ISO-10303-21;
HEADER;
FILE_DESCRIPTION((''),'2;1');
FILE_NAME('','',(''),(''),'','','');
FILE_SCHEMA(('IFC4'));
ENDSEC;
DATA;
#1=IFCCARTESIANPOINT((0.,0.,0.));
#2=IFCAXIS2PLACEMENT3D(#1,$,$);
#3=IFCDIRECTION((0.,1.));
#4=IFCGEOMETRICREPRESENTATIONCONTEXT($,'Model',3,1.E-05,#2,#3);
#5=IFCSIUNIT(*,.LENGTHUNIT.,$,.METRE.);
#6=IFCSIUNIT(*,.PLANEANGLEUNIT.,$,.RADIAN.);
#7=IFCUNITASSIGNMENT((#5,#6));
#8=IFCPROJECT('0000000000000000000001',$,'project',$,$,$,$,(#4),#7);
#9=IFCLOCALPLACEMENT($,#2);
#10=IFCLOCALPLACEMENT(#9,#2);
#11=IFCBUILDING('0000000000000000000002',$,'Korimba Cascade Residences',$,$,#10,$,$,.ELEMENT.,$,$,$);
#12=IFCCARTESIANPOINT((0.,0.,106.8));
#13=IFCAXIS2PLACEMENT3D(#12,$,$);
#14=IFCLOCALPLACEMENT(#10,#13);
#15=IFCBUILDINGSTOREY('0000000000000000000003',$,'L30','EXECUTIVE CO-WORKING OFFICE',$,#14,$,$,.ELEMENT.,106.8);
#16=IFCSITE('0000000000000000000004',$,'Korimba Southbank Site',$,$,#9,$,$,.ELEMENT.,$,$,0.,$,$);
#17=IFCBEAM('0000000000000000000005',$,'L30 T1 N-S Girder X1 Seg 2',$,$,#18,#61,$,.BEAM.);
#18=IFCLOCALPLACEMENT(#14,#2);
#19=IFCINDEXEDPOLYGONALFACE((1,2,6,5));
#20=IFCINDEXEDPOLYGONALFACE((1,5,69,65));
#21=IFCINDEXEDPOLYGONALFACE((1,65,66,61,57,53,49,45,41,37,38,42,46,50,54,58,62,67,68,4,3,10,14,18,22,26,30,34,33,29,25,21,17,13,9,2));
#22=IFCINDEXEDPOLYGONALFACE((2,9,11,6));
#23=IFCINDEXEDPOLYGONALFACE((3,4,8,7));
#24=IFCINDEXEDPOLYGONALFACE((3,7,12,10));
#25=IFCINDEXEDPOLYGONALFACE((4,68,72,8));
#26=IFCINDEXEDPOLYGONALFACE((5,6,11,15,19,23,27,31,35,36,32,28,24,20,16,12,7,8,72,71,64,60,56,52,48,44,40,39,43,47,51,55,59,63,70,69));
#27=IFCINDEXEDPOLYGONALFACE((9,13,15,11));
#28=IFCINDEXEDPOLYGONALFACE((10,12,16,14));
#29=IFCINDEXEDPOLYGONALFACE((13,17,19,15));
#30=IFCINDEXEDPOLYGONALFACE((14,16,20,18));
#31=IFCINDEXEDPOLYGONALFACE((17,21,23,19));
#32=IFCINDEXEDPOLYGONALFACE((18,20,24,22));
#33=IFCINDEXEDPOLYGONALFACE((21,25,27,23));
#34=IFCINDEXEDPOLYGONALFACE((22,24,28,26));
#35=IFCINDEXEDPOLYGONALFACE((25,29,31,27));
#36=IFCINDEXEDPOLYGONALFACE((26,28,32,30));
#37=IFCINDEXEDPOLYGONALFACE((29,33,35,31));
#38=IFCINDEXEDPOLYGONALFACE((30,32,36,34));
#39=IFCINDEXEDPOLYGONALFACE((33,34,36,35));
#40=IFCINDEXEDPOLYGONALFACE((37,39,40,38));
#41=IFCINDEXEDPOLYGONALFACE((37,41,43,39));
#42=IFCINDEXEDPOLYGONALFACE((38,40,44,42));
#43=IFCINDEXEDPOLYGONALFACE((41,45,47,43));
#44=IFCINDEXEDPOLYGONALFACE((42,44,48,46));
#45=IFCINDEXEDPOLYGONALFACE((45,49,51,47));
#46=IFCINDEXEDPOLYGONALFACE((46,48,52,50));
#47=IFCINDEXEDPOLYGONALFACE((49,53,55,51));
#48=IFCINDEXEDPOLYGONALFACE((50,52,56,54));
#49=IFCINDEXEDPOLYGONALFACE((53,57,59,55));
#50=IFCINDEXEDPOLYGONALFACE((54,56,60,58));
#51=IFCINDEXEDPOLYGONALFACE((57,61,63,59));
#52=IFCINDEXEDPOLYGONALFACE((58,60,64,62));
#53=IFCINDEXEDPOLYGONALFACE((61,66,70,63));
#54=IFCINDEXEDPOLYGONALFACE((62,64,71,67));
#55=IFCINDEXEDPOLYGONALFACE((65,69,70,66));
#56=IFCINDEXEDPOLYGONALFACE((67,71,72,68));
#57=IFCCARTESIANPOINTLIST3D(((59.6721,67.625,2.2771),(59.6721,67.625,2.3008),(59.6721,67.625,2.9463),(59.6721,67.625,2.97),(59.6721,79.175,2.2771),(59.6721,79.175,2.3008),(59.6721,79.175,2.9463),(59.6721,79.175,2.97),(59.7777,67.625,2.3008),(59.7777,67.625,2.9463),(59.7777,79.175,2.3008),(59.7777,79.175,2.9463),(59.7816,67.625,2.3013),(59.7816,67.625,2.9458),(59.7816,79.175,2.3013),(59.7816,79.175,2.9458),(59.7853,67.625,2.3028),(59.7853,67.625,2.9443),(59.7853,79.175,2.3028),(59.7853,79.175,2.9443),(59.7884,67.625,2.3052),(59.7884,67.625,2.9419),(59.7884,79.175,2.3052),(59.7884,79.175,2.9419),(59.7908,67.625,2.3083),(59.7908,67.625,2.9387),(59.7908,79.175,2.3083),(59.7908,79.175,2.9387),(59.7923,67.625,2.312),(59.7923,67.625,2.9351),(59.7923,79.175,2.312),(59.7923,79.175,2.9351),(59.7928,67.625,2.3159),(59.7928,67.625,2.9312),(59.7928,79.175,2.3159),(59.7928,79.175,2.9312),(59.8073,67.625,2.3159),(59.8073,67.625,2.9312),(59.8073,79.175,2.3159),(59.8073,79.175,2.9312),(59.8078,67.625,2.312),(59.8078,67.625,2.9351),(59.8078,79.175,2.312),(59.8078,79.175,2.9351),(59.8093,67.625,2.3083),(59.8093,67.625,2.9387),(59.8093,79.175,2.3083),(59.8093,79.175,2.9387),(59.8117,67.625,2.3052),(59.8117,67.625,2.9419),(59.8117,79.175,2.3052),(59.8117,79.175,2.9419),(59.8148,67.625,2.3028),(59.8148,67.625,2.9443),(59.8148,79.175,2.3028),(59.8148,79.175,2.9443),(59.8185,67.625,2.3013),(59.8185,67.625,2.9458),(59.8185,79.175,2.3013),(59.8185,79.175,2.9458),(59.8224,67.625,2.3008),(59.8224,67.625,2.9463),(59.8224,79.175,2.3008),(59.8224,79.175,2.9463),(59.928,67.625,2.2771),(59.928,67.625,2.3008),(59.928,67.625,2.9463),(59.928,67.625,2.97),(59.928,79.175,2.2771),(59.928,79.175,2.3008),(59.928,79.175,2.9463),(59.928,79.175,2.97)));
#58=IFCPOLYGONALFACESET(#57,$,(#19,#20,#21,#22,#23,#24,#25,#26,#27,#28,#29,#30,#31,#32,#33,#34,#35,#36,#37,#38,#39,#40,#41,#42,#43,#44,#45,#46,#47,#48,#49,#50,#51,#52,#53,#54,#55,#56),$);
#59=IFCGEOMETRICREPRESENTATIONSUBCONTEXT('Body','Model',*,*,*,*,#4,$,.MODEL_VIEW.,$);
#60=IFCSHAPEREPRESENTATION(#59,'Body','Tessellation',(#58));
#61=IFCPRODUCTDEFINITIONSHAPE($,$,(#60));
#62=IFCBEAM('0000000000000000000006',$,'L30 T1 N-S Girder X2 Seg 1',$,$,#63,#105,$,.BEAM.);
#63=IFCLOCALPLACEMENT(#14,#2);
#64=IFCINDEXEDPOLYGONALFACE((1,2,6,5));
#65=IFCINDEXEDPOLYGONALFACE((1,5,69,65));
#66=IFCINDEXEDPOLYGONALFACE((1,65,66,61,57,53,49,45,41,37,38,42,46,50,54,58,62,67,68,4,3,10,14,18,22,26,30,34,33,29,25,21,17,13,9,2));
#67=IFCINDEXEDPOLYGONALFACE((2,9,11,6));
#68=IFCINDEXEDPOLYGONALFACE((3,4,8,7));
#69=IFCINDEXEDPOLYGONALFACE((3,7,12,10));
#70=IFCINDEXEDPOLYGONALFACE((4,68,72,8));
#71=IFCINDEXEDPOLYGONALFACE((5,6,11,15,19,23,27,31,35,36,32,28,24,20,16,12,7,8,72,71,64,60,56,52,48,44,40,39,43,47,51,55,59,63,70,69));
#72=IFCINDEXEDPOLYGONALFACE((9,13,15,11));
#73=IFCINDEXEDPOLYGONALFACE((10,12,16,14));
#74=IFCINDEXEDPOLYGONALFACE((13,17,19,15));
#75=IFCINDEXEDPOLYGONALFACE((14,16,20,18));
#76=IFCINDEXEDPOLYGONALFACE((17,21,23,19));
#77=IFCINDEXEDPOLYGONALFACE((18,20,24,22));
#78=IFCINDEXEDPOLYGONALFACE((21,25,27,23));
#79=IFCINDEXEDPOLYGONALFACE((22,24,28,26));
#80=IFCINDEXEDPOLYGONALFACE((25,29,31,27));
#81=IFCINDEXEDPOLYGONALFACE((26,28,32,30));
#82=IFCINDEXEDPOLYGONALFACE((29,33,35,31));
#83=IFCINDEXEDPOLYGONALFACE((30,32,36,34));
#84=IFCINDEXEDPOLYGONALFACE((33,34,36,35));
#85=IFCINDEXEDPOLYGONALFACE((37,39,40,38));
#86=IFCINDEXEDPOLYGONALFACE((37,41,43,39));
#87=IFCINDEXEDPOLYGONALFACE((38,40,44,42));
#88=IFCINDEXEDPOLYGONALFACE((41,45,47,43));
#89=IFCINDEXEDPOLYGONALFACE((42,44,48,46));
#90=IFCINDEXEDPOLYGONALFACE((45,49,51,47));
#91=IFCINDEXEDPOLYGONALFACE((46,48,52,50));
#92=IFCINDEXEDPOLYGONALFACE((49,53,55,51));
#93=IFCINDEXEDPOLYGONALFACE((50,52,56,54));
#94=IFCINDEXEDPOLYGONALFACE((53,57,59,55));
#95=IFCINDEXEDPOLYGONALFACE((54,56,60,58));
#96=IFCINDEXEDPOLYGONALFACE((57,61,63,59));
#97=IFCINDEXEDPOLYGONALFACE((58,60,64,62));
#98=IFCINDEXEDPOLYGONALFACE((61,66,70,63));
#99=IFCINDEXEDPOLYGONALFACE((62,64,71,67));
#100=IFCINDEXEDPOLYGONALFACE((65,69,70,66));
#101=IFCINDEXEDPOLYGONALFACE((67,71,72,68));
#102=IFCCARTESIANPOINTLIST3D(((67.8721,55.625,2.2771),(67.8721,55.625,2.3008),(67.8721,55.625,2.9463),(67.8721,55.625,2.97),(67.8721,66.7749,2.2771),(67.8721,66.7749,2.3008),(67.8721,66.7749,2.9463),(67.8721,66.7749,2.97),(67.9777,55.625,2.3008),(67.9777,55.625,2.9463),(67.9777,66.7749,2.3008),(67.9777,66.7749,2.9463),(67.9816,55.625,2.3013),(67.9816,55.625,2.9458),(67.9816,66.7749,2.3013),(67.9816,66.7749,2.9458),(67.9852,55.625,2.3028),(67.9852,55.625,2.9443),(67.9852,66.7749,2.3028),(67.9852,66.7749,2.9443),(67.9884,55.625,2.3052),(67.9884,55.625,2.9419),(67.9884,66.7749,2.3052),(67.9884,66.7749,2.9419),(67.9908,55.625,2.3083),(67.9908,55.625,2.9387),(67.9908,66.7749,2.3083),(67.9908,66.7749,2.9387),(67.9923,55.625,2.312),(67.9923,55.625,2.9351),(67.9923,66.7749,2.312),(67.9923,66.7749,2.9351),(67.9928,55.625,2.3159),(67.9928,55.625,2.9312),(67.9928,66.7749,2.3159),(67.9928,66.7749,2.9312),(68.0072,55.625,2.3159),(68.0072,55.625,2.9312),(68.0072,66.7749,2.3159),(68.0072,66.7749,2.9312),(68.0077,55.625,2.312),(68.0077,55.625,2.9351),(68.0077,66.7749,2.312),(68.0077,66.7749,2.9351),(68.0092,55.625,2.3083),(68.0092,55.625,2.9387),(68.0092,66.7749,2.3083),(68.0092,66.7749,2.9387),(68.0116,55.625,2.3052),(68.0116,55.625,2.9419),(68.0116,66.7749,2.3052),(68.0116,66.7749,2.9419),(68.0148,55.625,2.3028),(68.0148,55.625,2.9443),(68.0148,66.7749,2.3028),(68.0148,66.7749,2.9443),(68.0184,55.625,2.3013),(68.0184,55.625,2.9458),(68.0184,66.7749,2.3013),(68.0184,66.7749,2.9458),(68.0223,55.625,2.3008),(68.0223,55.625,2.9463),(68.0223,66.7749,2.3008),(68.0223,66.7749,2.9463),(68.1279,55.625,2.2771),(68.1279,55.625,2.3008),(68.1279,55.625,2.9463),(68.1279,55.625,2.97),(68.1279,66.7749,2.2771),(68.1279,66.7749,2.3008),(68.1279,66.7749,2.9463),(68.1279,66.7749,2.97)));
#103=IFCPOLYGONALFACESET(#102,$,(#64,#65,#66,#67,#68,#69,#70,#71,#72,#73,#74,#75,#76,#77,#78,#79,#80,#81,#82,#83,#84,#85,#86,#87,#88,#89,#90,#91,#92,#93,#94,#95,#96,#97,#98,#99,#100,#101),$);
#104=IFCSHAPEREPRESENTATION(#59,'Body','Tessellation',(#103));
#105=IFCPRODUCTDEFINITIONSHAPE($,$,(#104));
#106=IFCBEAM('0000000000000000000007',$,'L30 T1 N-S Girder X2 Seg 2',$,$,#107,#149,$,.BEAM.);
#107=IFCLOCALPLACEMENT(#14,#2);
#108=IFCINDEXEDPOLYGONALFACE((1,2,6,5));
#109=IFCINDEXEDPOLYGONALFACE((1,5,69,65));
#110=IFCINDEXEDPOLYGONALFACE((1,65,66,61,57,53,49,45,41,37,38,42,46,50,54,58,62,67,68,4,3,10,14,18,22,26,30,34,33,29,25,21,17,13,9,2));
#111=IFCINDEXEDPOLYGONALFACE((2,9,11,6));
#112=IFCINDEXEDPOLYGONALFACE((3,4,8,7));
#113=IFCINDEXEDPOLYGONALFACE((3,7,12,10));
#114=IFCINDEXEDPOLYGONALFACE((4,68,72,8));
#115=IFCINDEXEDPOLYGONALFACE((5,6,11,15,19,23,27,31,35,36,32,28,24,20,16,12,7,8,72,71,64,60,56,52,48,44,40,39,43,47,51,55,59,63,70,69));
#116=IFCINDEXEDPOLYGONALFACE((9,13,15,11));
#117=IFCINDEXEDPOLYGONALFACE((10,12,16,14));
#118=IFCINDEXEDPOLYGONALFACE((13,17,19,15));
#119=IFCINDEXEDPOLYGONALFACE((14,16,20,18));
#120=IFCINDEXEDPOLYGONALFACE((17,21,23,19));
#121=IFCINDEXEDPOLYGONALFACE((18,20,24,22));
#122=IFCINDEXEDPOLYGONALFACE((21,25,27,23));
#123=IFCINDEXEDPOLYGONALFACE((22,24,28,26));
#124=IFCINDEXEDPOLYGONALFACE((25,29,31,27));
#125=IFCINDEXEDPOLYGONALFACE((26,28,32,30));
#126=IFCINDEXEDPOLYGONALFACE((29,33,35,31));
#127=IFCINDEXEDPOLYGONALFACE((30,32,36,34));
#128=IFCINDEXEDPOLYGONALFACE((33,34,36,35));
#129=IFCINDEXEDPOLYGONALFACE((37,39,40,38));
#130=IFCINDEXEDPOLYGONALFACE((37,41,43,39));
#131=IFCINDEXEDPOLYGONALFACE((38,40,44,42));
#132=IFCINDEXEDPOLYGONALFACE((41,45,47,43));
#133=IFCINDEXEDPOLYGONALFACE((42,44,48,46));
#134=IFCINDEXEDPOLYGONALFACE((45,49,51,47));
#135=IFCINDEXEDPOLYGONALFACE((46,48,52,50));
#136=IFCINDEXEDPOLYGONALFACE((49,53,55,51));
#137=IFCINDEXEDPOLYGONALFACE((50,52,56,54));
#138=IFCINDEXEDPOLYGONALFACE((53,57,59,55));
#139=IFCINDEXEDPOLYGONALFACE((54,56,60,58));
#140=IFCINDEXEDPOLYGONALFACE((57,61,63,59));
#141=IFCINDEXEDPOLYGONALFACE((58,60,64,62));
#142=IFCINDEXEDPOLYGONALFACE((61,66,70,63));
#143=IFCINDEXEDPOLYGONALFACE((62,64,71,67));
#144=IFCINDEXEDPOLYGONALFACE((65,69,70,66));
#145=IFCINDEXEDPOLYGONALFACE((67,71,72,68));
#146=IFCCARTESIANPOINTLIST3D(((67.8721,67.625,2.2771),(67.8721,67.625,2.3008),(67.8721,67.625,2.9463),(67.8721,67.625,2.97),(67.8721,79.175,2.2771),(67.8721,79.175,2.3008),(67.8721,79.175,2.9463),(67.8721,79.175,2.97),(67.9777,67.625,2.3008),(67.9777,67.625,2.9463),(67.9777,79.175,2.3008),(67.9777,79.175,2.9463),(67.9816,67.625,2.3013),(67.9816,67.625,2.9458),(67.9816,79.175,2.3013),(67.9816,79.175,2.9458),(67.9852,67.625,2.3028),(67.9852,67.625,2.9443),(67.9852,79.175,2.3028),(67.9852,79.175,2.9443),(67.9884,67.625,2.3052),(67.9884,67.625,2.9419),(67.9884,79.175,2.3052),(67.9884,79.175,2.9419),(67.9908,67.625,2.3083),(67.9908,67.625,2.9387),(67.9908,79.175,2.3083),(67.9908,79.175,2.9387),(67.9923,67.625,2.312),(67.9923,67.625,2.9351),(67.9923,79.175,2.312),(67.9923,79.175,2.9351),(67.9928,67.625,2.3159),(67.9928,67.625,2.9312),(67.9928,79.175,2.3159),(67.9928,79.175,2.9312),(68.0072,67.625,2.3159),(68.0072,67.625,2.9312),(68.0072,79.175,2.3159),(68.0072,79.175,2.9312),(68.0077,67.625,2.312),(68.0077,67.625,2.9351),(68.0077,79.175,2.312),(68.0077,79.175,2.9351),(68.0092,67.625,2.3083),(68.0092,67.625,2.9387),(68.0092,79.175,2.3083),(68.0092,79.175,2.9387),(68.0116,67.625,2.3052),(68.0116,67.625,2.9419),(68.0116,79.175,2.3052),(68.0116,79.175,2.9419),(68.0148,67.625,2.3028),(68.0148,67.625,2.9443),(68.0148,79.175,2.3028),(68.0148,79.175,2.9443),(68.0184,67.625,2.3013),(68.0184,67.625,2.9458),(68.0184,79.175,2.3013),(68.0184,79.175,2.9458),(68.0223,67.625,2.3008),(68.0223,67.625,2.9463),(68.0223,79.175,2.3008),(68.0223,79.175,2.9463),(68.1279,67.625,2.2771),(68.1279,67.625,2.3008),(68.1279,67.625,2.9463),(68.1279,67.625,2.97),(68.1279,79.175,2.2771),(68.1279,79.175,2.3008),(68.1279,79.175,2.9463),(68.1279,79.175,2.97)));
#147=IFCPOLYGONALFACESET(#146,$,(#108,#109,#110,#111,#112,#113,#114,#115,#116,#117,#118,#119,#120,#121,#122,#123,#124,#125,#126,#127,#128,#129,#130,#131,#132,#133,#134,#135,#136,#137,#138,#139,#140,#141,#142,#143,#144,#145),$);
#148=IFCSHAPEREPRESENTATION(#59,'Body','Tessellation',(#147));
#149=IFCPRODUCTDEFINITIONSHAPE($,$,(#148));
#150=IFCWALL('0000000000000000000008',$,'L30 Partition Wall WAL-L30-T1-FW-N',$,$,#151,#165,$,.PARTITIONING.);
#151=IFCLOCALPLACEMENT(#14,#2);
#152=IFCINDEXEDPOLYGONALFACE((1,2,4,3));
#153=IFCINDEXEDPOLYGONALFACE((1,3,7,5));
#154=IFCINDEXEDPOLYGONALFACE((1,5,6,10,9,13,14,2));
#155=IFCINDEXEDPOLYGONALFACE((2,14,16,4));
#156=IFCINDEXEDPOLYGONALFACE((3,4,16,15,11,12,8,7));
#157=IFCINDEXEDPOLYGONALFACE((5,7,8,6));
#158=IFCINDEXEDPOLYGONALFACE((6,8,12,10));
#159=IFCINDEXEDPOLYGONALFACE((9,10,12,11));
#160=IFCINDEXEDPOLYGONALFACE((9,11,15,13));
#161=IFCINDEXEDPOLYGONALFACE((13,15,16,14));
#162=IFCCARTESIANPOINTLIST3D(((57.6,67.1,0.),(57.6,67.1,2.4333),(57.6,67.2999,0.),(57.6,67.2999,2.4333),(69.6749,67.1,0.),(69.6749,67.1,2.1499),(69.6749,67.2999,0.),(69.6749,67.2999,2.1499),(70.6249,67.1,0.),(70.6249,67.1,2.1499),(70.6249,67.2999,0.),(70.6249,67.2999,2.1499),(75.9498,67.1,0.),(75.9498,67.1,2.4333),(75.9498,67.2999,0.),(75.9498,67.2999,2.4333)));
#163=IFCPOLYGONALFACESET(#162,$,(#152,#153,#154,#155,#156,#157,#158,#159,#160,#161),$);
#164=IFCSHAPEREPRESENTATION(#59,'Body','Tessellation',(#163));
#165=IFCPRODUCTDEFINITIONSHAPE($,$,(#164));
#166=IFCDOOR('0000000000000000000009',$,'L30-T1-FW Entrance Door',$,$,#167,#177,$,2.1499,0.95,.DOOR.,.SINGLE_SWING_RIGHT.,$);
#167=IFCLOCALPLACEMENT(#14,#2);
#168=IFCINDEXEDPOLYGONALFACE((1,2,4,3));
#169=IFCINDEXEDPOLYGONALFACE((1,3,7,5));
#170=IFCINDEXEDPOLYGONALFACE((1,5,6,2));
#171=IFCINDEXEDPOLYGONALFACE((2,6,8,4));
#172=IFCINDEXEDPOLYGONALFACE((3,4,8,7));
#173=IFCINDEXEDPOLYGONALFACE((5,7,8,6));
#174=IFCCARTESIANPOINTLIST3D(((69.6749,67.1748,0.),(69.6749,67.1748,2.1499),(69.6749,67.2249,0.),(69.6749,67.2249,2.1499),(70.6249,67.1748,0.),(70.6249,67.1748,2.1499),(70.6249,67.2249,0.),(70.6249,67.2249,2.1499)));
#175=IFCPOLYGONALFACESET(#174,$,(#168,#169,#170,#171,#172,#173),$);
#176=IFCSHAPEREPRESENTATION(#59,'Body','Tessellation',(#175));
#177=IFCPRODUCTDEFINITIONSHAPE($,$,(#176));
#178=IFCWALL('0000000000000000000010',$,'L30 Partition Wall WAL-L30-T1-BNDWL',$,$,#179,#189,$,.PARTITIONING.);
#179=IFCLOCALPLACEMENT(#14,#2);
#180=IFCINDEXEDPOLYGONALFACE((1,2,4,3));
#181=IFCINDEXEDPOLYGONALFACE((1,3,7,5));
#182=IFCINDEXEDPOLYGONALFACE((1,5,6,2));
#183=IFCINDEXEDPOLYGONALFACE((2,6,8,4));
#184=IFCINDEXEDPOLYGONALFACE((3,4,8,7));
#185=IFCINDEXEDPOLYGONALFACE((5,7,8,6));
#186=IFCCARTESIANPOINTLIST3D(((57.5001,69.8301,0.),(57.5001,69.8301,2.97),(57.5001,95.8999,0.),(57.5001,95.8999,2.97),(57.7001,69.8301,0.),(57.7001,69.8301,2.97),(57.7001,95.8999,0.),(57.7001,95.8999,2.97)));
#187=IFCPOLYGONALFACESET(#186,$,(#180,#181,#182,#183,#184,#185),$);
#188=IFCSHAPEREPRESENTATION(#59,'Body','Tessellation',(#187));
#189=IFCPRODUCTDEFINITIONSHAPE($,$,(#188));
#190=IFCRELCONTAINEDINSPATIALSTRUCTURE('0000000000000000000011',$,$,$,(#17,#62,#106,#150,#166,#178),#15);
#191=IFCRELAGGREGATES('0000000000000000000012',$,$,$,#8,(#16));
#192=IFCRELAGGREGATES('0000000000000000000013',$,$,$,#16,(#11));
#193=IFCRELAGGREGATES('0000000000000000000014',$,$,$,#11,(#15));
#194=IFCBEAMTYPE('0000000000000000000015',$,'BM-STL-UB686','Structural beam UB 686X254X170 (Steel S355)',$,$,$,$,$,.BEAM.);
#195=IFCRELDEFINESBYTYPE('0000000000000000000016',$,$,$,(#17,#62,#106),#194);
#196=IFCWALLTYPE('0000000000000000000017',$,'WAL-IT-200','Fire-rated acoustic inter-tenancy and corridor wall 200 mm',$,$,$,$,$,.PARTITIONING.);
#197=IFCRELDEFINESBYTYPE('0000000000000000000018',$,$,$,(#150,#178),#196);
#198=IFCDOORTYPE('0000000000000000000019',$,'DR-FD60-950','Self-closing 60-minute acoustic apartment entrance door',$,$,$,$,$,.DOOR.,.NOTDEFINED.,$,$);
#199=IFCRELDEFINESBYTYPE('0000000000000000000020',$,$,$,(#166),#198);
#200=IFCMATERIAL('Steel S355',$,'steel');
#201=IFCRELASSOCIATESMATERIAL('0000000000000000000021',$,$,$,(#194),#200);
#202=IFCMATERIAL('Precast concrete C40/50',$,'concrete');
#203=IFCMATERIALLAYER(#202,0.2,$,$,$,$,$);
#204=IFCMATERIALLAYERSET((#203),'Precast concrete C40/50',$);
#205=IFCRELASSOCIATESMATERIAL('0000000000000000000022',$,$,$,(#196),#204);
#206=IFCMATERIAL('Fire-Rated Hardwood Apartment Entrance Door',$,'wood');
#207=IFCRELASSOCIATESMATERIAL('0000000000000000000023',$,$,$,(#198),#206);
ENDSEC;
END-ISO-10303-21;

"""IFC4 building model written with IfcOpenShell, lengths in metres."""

from ifc_helpers import new_model, si_unit, direction, frame, frame_2d, origin, origin_2d, place, context, subcontext, project, spatial, rectangle, i_section, extrude, material, layer, layer_set, material_profile, profile_set, type_object, element, fill, save


model = new_model("IFC4")

# Units and contexts
model_context = context("Model", 3, precision=1e-05, world=origin(), true_north=direction((0.0, 1.0)))
body_context = subcontext(model_context, "Body", "Model", "MODEL_VIEW")
ifc_project = project(units=[si_unit("LENGTHUNIT", "METRE"), si_unit("PLANEANGLEUNIT", "RADIAN")], contexts=[model_context])

# Site, building, storey
site_placement = place(None, origin())
site = spatial("IfcSite", under=ifc_project, at=site_placement, Name="Korimba Southbank Site", CompositionType="ELEMENT", RefElevation=0.0)
building_placement = place(site_placement, origin())
building = spatial("IfcBuilding", under=site, at=building_placement, Name="Korimba Cascade Residences", CompositionType="ELEMENT")
storey_placement = place(building_placement, frame((0.0, 0.0, 106.8)))
storey = spatial("IfcBuildingStorey", under=building, at=storey_placement, Name="L30", Description="EXECUTIVE CO-WORKING OFFICE", CompositionType="ELEMENT", Elevation=106.8)

# Beams
ifc_material_1 = material(Name="Steel S355", Category="steel")
ifc_material_profile_1 = material_profile(ifc_material_1, i_section(OverallWidth=0.2559, OverallDepth=0.6929, WebThickness=0.0144, FlangeThickness=0.0237, FilletRadius=0.0151, at=origin_2d()), Name="Steel S355")
ifc_profile_set_1 = profile_set([ifc_material_profile_1], Name="Steel S355")
beam_type_1 = type_object("IfcBeamType", Name="BM-STL-UB686", Description="Structural beam UB 686X254X170 (Steel S355)", PredefinedType="BEAM", material=ifc_profile_set_1)
beam_1_placement = place(storey_placement, frame((59.8, 67.625, 2.6235), z_axis=(0.0, 1.0, 0.0), x_axis=(-1.0, 0.0, 0.0)))
element("IfcBeam", 1, at=beam_1_placement, inside=storey, type_object=beam_type_1, Name="L30 T1 N-S Girder X1 Seg 2", PredefinedType="BEAM", context=body_context, shape_type="SweptSolid", body=[
    extrude(i_section(OverallWidth=0.2559, OverallDepth=0.6929, WebThickness=0.0144, FlangeThickness=0.0237, FilletRadius=0.0151, at=origin_2d()), origin(), (0.0, 0.0, 1.0), 11.55),
])
beam_2_placement = place(storey_placement, frame((68.0, 55.625, 2.6235), z_axis=(0.0, 1.0, 0.0), x_axis=(-1.0, 0.0, 0.0)))
element("IfcBeam", 2, at=beam_2_placement, inside=storey, type_object=beam_type_1, Name="L30 T1 N-S Girder X2 Seg 1", PredefinedType="BEAM", context=body_context, shape_type="SweptSolid", body=[
    extrude(i_section(OverallWidth=0.2559, OverallDepth=0.6929, WebThickness=0.0144, FlangeThickness=0.0237, FilletRadius=0.0151, at=origin_2d()), origin(), (0.0, 0.0, 1.0), 11.1499),
])
beam_3_placement = place(storey_placement, frame((68.0, 67.625, 2.6235), z_axis=(0.0, 1.0, 0.0), x_axis=(-1.0, 0.0, 0.0)))
element("IfcBeam", 3, at=beam_3_placement, inside=storey, type_object=beam_type_1, Name="L30 T1 N-S Girder X2 Seg 2", PredefinedType="BEAM", context=body_context, shape_type="SweptSolid", body=[
    extrude(i_section(OverallWidth=0.2559, OverallDepth=0.6929, WebThickness=0.0144, FlangeThickness=0.0237, FilletRadius=0.0151, at=origin_2d()), origin(), (0.0, 0.0, 1.0), 11.55),
])

# Wall, opening, door
ifc_material_2 = material(Name="Precast concrete C40/50", Category="concrete")
ifc_layer_1 = layer(ifc_material_2, 0.2)
ifc_layer_set_1 = layer_set([ifc_layer_1], Name="Precast concrete C40/50")
wall_type_1 = type_object("IfcWallType", Name="WAL-IT-200", Description="Fire-rated acoustic inter-tenancy and corridor wall 200 mm", PredefinedType="PARTITIONING", material=ifc_layer_set_1)
wall_1_placement = place(storey_placement, frame((57.6001, 67.2, 0.0), z_axis=(0.0, 0.0, 1.0), x_axis=(1.0, 0.0, 0.0)))
wall_1 = element("IfcWall", 4, at=wall_1_placement, inside=storey, type_object=wall_type_1, Name="L30 Partition Wall WAL-L30-T1-FW-N", PredefinedType="PARTITIONING", context=body_context, shape_type="SweptSolid", body=[
    extrude(rectangle(XDim=18.3499, YDim=0.2, at=frame_2d((9.1748, 0.0))), origin(), (0.0, 0.0, 1.0), 2.4333),
])
opening_1_placement = place(wall_1_placement, frame((12.0747, 0.0, 0.0)))
opening_1 = element("IfcOpeningElement", 5, at=opening_1_placement, cuts=wall_1, PredefinedType="OPENING", context=body_context, shape_type="SweptSolid", body=[
    extrude(rectangle(XDim=0.95, YDim=2.1499, at=frame_2d((0.4751, 1.075))), frame((0.0, 0.1099, 0.0), z_axis=(0.0, -1.0, 0.0), x_axis=(1.0, 0.0, 0.0)), (0.0, 0.0, 1.0), 0.22),
])
ifc_material_3 = material(Name="Fire-Rated Hardwood Apartment Entrance Door", Category="wood")
door_type_1 = type_object("IfcDoorType", Name="DR-FD60-950", Description="Self-closing 60-minute acoustic apartment entrance door", OperationType="NOTDEFINED", PredefinedType="DOOR", material=ifc_material_3)
door_1_placement = place(opening_1_placement, origin())
door_1 = element("IfcDoor", 6, at=door_1_placement, inside=storey, type_object=door_type_1, Name="L30-T1-FW Entrance Door", OperationType="SINGLE_SWING_RIGHT", OverallHeight=2.1499, OverallWidth=0.95, PredefinedType="DOOR", context=body_context, shape_type="SweptSolid", body=[
    extrude(rectangle(XDim=0.95, YDim=2.1499, at=frame_2d((0.4751, 1.075))), frame((0.0, 0.0249, 0.0), z_axis=(0.0, -1.0, 0.0), x_axis=(1.0, 0.0, 0.0)), (0.0, 0.0, 1.0), 0.05),
])
fill(opening_1, door_1)

# Wall
wall_2_placement = place(storey_placement, frame((57.6001, 69.8301, 0.0), z_axis=(0.0, 0.0, 1.0), x_axis=(0.0, 1.0, 0.0)))
element("IfcWall", 7, at=wall_2_placement, inside=storey, type_object=wall_type_1, Name="L30 Partition Wall WAL-L30-T1-BNDWL", PredefinedType="PARTITIONING", context=body_context, shape_type="SweptSolid", body=[
    extrude(rectangle(XDim=26.0698, YDim=0.2, at=frame_2d((13.0349, 0.0))), origin(), (0.0, 0.0, 1.0), 2.97),
])

save(model, "model.ifc")
